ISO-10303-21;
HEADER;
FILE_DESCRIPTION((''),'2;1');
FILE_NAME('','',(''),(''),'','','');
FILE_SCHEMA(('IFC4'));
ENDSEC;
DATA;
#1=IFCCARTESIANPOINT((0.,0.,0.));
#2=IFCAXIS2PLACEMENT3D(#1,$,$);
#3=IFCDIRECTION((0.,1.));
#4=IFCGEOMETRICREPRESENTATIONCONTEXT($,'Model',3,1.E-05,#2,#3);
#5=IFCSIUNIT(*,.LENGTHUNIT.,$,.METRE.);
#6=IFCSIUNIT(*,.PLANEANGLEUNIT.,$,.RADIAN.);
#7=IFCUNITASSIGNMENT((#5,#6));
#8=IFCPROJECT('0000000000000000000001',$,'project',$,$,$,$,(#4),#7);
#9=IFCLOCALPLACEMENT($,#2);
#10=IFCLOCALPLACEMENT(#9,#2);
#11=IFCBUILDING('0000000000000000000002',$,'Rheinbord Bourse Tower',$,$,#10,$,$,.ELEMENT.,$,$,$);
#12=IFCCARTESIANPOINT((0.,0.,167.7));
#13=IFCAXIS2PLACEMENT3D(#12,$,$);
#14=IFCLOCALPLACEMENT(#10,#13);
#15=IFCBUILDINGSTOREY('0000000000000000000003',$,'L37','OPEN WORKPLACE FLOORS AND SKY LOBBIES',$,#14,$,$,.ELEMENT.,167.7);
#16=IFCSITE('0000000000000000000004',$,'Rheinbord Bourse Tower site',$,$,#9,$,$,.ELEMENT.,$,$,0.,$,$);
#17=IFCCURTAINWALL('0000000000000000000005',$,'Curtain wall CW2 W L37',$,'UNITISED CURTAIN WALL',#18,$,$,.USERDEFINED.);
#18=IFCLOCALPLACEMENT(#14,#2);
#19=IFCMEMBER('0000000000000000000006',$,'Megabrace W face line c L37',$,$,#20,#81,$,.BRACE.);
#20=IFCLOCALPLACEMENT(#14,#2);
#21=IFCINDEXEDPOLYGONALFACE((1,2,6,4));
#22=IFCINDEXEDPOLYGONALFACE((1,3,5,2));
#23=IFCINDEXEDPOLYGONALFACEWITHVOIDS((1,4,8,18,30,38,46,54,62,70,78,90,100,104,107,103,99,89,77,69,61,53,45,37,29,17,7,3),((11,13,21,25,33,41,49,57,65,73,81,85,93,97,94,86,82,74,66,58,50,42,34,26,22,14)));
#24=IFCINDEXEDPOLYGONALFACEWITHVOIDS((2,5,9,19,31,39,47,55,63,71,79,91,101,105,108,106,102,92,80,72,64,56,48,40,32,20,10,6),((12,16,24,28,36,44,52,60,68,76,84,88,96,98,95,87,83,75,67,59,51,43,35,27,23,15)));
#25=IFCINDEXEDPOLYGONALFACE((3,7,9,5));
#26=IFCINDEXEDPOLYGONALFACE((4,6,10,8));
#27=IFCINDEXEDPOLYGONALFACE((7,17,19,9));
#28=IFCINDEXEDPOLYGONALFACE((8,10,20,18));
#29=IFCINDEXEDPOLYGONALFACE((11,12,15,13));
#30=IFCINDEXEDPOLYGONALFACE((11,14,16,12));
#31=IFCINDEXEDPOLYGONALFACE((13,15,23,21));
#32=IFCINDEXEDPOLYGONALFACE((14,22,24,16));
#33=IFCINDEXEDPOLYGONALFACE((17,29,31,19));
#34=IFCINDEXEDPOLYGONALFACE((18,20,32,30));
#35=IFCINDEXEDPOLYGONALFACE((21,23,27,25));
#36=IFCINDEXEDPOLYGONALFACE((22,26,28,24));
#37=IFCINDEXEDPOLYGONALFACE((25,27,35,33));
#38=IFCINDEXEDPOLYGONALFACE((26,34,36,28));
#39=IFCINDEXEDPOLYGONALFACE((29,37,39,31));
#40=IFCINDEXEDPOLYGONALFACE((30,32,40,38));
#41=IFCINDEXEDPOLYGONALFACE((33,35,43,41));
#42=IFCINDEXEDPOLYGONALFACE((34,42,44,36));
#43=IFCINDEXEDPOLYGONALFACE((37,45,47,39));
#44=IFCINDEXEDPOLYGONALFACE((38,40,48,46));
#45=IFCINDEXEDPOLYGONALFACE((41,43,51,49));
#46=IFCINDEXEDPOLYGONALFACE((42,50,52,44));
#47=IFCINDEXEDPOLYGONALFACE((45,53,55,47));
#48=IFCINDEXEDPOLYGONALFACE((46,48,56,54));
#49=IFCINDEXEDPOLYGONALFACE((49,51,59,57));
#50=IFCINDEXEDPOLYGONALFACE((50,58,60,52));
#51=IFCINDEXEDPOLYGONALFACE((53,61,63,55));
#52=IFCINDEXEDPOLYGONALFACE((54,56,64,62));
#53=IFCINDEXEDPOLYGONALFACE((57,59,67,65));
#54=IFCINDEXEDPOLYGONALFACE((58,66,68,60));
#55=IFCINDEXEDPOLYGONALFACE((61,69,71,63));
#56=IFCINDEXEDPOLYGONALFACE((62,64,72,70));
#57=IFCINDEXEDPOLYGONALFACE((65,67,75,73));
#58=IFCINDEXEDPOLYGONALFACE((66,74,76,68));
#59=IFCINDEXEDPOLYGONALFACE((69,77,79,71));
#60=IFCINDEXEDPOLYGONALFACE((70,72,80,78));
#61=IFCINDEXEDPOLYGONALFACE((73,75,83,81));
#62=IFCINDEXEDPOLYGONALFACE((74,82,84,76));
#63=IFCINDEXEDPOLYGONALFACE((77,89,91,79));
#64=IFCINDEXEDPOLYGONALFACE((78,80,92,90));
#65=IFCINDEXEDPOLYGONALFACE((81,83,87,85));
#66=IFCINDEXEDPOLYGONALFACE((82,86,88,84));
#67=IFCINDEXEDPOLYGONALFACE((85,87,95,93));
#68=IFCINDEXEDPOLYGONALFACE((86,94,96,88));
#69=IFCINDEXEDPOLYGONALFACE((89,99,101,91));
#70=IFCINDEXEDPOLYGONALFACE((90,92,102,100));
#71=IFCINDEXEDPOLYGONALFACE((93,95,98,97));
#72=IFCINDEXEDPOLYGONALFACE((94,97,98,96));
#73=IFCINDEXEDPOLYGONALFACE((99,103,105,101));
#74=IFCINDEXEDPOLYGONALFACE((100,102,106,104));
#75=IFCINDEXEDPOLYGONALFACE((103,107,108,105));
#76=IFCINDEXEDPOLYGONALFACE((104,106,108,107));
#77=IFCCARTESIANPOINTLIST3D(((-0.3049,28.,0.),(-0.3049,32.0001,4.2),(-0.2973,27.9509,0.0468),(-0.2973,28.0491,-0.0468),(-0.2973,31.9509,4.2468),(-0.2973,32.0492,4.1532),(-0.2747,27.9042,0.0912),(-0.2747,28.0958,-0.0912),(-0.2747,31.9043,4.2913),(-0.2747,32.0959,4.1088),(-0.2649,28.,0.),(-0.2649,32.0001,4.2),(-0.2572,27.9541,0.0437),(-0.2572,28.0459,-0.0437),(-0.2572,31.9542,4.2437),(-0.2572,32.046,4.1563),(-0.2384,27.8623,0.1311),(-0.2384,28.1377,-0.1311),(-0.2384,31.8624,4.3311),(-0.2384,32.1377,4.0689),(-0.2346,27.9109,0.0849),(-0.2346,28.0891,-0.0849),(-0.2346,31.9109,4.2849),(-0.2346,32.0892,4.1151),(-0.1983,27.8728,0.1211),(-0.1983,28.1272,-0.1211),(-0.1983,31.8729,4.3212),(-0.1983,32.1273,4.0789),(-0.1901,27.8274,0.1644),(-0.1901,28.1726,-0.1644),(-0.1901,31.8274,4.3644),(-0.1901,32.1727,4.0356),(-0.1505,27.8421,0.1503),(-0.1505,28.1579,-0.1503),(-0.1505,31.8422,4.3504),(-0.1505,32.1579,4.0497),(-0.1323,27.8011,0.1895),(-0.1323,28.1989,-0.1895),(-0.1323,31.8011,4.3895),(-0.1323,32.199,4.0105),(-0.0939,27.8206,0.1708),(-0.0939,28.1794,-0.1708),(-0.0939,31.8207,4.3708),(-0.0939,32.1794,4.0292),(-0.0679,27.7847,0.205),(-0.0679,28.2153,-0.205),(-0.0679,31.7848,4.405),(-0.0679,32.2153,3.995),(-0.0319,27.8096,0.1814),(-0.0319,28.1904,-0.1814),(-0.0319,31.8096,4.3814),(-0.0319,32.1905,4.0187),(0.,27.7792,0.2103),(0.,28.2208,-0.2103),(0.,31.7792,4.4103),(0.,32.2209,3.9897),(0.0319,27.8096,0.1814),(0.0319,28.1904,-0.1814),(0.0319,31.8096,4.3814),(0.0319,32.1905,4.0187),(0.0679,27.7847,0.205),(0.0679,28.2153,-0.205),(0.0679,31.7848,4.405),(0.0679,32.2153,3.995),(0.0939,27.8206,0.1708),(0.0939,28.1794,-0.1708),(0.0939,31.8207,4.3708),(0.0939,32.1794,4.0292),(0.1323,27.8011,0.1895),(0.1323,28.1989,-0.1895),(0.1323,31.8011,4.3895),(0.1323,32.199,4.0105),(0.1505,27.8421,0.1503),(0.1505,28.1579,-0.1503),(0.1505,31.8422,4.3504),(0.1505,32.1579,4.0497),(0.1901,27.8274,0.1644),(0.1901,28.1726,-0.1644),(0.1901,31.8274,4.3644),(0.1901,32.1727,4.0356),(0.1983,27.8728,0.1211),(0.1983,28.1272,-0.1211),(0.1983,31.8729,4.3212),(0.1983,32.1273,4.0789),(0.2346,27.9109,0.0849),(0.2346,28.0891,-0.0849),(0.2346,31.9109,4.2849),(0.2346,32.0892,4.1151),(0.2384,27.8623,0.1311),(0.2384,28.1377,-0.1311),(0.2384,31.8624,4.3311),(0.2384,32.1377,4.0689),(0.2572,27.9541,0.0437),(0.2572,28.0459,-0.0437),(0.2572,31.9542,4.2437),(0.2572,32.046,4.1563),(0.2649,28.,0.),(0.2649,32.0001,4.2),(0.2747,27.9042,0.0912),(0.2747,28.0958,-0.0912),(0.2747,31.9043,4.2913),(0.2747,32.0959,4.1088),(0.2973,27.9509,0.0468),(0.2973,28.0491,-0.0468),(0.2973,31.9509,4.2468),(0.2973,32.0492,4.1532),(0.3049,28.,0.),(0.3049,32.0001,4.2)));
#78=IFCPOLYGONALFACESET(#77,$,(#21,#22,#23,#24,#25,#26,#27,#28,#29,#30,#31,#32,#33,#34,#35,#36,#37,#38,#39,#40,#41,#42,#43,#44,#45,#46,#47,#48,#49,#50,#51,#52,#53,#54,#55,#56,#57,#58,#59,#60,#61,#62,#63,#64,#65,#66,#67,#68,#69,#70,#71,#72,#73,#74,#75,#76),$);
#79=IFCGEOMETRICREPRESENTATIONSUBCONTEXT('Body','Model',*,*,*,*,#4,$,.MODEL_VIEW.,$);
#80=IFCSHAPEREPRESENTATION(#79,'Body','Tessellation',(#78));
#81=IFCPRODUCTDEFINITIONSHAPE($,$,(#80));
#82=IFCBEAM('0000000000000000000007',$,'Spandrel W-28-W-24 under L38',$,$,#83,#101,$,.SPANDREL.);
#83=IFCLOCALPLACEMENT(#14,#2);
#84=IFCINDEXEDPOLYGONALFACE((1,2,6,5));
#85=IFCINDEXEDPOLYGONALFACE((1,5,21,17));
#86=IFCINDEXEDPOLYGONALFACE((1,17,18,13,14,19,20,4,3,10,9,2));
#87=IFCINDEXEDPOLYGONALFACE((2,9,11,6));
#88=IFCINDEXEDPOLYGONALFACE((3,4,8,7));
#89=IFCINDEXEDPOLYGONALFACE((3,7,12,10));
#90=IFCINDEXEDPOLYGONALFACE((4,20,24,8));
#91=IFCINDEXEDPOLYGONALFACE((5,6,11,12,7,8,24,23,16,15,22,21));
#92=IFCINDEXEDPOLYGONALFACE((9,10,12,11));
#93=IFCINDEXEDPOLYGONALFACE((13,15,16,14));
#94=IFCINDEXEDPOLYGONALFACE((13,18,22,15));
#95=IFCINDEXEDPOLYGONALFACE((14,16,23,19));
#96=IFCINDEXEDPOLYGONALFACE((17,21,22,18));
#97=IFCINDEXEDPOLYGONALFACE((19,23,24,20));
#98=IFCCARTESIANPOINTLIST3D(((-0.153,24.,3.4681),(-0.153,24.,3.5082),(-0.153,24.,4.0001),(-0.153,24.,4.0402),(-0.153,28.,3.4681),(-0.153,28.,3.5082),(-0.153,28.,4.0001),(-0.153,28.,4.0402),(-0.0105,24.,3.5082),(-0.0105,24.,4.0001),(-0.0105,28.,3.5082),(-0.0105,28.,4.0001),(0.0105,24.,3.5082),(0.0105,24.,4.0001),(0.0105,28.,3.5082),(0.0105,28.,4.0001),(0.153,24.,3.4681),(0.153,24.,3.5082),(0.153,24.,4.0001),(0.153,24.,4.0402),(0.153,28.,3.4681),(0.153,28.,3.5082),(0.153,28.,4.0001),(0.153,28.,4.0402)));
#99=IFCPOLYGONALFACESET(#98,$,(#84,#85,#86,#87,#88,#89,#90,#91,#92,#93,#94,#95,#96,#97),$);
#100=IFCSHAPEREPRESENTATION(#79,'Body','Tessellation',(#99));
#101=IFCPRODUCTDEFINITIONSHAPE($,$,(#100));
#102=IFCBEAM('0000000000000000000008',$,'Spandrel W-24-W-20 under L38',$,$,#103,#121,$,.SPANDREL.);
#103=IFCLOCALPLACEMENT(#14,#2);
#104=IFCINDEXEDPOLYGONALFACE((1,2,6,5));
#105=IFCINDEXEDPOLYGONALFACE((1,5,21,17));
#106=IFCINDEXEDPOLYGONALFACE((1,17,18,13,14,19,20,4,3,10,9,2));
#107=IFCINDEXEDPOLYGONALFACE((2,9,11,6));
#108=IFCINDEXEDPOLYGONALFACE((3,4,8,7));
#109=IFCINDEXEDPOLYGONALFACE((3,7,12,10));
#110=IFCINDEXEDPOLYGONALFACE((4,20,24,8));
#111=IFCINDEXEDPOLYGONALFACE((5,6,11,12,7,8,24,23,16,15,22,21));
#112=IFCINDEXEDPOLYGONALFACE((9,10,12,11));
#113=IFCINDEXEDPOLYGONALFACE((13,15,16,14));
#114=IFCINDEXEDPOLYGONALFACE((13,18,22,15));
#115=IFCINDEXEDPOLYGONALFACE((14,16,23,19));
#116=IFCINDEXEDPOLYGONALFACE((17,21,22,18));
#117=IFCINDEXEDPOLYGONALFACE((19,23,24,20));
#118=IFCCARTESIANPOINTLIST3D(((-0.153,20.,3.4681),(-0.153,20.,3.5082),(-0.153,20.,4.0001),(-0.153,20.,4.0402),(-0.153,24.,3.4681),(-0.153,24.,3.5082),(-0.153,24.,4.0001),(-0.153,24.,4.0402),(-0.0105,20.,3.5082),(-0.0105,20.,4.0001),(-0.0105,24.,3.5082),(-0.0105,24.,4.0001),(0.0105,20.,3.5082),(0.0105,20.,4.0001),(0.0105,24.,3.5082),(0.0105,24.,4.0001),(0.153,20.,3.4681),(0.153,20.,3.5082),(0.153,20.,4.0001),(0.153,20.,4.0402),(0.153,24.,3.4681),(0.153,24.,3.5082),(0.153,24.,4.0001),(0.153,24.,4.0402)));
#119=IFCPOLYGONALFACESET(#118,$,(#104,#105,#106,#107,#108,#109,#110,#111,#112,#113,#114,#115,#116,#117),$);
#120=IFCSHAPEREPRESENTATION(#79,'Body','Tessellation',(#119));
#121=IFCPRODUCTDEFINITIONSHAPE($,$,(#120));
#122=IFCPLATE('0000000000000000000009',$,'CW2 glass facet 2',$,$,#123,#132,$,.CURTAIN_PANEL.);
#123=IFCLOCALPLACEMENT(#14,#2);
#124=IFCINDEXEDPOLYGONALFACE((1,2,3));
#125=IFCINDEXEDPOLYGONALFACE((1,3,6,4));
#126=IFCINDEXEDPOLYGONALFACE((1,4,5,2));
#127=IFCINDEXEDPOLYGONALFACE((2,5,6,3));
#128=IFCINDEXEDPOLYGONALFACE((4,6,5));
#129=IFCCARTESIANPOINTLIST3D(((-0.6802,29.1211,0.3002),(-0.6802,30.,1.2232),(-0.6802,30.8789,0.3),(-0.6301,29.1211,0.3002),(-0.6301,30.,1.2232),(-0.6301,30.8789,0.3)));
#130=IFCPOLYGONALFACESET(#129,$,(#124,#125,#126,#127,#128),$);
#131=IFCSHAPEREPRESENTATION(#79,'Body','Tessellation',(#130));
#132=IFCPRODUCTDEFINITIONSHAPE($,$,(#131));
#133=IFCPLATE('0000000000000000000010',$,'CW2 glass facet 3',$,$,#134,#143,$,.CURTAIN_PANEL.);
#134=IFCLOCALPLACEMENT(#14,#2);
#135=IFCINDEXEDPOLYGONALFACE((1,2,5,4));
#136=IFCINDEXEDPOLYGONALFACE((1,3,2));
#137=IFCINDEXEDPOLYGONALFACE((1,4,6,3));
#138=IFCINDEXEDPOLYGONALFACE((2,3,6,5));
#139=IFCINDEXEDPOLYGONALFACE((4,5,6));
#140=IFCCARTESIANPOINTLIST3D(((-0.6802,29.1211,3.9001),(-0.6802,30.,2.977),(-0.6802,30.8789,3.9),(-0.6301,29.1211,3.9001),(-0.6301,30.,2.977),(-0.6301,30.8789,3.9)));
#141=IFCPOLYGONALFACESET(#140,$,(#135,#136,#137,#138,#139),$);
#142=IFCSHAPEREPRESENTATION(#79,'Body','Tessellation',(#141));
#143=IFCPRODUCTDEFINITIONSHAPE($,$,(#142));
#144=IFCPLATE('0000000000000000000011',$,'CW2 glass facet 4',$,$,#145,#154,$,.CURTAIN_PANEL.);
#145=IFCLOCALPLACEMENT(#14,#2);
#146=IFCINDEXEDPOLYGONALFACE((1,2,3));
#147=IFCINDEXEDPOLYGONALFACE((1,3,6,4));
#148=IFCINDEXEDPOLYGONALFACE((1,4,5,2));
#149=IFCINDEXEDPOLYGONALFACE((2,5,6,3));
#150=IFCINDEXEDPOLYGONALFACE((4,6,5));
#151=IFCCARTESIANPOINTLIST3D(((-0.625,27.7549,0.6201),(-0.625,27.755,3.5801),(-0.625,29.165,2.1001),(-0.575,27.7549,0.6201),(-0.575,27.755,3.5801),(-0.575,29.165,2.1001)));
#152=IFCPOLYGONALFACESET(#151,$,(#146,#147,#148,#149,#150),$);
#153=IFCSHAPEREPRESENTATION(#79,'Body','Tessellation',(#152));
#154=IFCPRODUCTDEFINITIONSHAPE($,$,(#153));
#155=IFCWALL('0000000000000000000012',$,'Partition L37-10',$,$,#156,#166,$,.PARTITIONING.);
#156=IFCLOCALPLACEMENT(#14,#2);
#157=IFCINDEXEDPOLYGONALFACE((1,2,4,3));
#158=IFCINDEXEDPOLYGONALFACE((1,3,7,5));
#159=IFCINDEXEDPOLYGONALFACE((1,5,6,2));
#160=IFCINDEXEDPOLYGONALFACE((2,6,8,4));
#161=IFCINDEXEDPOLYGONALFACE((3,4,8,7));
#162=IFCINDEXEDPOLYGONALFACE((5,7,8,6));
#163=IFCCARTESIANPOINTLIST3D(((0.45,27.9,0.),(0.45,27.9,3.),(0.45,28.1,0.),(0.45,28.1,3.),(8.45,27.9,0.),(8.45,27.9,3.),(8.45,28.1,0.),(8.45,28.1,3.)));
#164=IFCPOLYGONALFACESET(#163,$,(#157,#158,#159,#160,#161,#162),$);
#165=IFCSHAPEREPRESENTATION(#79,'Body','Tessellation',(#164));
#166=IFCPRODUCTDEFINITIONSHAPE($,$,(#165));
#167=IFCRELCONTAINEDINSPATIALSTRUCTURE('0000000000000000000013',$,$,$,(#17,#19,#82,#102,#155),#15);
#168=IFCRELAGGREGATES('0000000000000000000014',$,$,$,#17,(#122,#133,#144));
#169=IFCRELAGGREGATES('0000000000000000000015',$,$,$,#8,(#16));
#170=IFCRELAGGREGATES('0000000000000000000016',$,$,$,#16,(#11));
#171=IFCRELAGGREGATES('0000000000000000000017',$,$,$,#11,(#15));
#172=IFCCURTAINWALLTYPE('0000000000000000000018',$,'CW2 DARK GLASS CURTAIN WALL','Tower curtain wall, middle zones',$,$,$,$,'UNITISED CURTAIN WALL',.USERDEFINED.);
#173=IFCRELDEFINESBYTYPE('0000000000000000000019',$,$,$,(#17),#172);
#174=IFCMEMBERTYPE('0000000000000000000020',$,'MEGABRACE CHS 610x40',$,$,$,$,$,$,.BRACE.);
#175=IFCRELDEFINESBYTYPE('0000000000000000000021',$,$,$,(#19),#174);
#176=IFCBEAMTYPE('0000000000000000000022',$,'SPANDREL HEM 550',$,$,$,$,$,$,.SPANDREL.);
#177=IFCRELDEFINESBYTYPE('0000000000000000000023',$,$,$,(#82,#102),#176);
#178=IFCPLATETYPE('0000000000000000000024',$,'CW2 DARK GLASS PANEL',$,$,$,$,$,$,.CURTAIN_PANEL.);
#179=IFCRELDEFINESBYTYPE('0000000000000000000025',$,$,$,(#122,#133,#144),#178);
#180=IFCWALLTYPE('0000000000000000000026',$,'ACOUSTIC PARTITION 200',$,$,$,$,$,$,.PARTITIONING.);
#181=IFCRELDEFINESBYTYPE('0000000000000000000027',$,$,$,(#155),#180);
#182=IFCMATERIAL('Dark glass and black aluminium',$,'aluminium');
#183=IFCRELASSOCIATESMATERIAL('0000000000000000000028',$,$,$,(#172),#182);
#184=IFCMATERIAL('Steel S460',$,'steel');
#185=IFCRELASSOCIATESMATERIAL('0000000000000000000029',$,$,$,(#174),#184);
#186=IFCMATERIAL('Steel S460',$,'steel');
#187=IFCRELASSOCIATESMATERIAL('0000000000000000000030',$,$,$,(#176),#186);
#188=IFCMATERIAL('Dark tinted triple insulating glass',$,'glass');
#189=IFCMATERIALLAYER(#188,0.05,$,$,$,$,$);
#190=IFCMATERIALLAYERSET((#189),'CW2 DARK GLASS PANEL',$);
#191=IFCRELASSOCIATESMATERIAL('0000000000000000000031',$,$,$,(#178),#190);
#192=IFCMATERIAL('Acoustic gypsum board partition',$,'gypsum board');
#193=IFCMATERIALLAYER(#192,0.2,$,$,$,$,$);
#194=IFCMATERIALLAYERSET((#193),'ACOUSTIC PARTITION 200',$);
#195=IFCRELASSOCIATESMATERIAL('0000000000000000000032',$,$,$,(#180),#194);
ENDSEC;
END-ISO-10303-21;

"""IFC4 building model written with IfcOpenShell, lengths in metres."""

from ifc_helpers import new_model, si_unit, direction, frame, frame_2d, origin, origin_2d, place, context, subcontext, project, spatial, polyline, rectangle, hollow_circle, i_section, outline, extrude, material, layer, layer_set, material_profile, profile_set, type_object, element, aggregate, save


model = new_model("IFC4")

# Units and contexts
model_context = context("Model", 3, precision=1e-05, world=origin(), true_north=direction((0.0, 1.0)))
body_context = subcontext(model_context, "Body", "Model", "MODEL_VIEW")
ifc_project = project(units=[si_unit("LENGTHUNIT", "METRE"), si_unit("PLANEANGLEUNIT", "RADIAN")], contexts=[model_context])

# Site, building, storey
site_placement = place(None, origin())
site = spatial("IfcSite", under=ifc_project, at=site_placement, Name="Rheinbord Bourse Tower site", CompositionType="ELEMENT", RefElevation=0.0)
building_placement = place(site_placement, origin())
building = spatial("IfcBuilding", under=site, at=building_placement, Name="Rheinbord Bourse Tower", CompositionType="ELEMENT")
storey_placement = place(building_placement, frame((0.0, 0.0, 167.7)))
storey = spatial("IfcBuildingStorey", under=building, at=storey_placement, Name="L37", Description="OPEN WORKPLACE FLOORS AND SKY LOBBIES", CompositionType="ELEMENT", Elevation=167.7)

# Curtain wall
ifc_material_1 = material(Name="Dark glass and black aluminium", Category="aluminium")
curtain_wall_type = type_object("IfcCurtainWallType", Name="CW2 DARK GLASS CURTAIN WALL", Description="Tower curtain wall, middle zones", ElementType="UNITISED CURTAIN WALL", PredefinedType="USERDEFINED", material=ifc_material_1)
curtain_wall_placement = place(storey_placement, origin())
curtain_wall = element("IfcCurtainWall", 1, at=curtain_wall_placement, inside=storey, type_object=curtain_wall_type, Name="Curtain wall CW2 W L37", ObjectType="UNITISED CURTAIN WALL", PredefinedType="USERDEFINED")

# Member
ifc_material_2 = material(Name="Steel S460", Category="steel")
ifc_material_profile_1 = material_profile(ifc_material_2, hollow_circle(Radius=0.3049, WallThickness=0.04, at=origin_2d()), Name="CHS 610x40")
ifc_profile_set_1 = profile_set([ifc_material_profile_1], Name="Steel S460")
member_type_1 = type_object("IfcMemberType", Name="MEGABRACE CHS 610x40", PredefinedType="BRACE", material=ifc_profile_set_1)
member_1_placement = place(storey_placement, frame((0.0, 28.0, 0.0), z_axis=(0.0, 0.689659, 0.724134), x_axis=(-1.0, 0.0, 0.0)))
element("IfcMember", 2, at=member_1_placement, inside=storey, type_object=member_type_1, Name="Megabrace W face line c L37", PredefinedType="BRACE", context=body_context, shape_type="SweptSolid", body=[
    extrude(hollow_circle(Radius=0.3049, WallThickness=0.04, at=origin_2d()), origin(), (0.0, 0.0, 1.0), 5.8),
])

# Beams
ifc_material_3 = material(Name="Steel S460", Category="steel")
ifc_material_profile_2 = material_profile(ifc_material_3, i_section(OverallWidth=0.3059, OverallDepth=0.572, WebThickness=0.021, FlangeThickness=0.04, at=origin_2d()), Name="HEM 550")
ifc_profile_set_2 = profile_set([ifc_material_profile_2], Name="Steel S460")
beam_type_1 = type_object("IfcBeamType", Name="SPANDREL HEM 550", PredefinedType="SPANDREL", material=ifc_profile_set_2)
for number, where, z_axis, x_axis, name in (
    (3, (0.0, 28.0, 3.7542), (0.0, -1.0, 0.0), (1.0, 0.0, 0.0), "Spandrel W-28-W-24 under L38"),
    (4, (0.0, 24.0, 3.7542), (0.0, -1.0, 0.0), (1.0, 0.0, 0.0), "Spandrel W-24-W-20 under L38"),
):
    element("IfcBeam", number, at=place(storey_placement, frame(where, z_axis=z_axis, x_axis=x_axis)), inside=storey, type_object=beam_type_1, Name=name, PredefinedType="SPANDREL", context=body_context, shape_type="SweptSolid", body=[
        extrude(i_section(OverallWidth=0.3059, OverallDepth=0.572, WebThickness=0.021, FlangeThickness=0.04, at=origin_2d()), origin(), (0.0, 0.0, 1.0), 4.0),
    ])

# Plates
ifc_material_4 = material(Name="Dark tinted triple insulating glass", Category="glass")
ifc_layer_1 = layer(ifc_material_4, 0.05)
ifc_layer_set_1 = layer_set([ifc_layer_1], Name="CW2 DARK GLASS PANEL")
plate_type = type_object("IfcPlateType", Name="CW2 DARK GLASS PANEL", PredefinedType="CURTAIN_PANEL", material=ifc_layer_set_1)
plate_1_placement = place(storey_placement, frame((-0.6802, 30.8789, 0.3), z_axis=(1.0, 0.0, 0.0), x_axis=(0.0, -0.68956, 0.724229)))
plate_1 = element("IfcPlate", 5, at=plate_1_placement, type_object=plate_type, Name="CW2 glass facet 2", PredefinedType="CURTAIN_PANEL", context=body_context, shape_type="SweptSolid", body=[
    extrude(outline(polyline([(0.0, 0.0), (1.2747, 0.0), (1.2122, 1.2729), (0.0, 0.0)])), origin(), (0.0, 0.0, 1.0), 0.05),
])
plate_2_placement = place(storey_placement, frame((-0.6802, 29.1211, 3.9001), z_axis=(1.0, 0.0, 0.0), x_axis=(0.0, 0.68956, -0.724229)))
plate_2 = element("IfcPlate", 6, at=plate_2_placement, type_object=plate_type, Name="CW2 glass facet 3", PredefinedType="CURTAIN_PANEL", context=body_context, shape_type="SweptSolid", body=[
    extrude(outline(polyline([(0.0, 0.0), (1.2747, 0.0), (1.2122, 1.2729), (0.0, 0.0)])), origin(), (0.0, 0.0, 1.0), 0.05),
])
plate_3_placement = place(storey_placement, frame((-0.625, 27.7549, 0.6201), z_axis=(1.0, 0.0, 0.0), x_axis=(0.0, 0.689822, 0.723979)))
plate_3 = element("IfcPlate", 7, at=plate_3_placement, type_object=plate_type, Name="CW2 glass facet 4", PredefinedType="CURTAIN_PANEL", context=body_context, shape_type="SweptSolid", body=[
    extrude(outline(polyline([(0.0, 0.0), (2.0442, 0.0), (2.1431, 2.0417), (0.0, 0.0)])), origin(), (0.0, 0.0, 1.0), 0.05),
])
aggregate(curtain_wall, [plate_1, plate_2, plate_3])

# Wall
ifc_material_5 = material(Name="Acoustic gypsum board partition", Category="gypsum board")
ifc_layer_2 = layer(ifc_material_5, 0.2)
ifc_layer_set_2 = layer_set([ifc_layer_2], Name="ACOUSTIC PARTITION 200")
wall_type_1 = type_object("IfcWallType", Name="ACOUSTIC PARTITION 200", PredefinedType="PARTITIONING", material=ifc_layer_set_2)
wall_1_placement = place(storey_placement, frame((0.45, 28.0, 0.0), z_axis=(0.0, 0.0, 1.0), x_axis=(1.0, 0.0, 0.0)))
element("IfcWall", 8, at=wall_1_placement, inside=storey, type_object=wall_type_1, Name="Partition L37-10", PredefinedType="PARTITIONING", context=body_context, shape_type="SweptSolid", body=[
    extrude(rectangle(XDim=8.0, YDim=0.2, at=frame_2d((4.0, 0.0))), origin(), (0.0, 0.0, 1.0), 3.0),
])

save(model, "model.ifc")
